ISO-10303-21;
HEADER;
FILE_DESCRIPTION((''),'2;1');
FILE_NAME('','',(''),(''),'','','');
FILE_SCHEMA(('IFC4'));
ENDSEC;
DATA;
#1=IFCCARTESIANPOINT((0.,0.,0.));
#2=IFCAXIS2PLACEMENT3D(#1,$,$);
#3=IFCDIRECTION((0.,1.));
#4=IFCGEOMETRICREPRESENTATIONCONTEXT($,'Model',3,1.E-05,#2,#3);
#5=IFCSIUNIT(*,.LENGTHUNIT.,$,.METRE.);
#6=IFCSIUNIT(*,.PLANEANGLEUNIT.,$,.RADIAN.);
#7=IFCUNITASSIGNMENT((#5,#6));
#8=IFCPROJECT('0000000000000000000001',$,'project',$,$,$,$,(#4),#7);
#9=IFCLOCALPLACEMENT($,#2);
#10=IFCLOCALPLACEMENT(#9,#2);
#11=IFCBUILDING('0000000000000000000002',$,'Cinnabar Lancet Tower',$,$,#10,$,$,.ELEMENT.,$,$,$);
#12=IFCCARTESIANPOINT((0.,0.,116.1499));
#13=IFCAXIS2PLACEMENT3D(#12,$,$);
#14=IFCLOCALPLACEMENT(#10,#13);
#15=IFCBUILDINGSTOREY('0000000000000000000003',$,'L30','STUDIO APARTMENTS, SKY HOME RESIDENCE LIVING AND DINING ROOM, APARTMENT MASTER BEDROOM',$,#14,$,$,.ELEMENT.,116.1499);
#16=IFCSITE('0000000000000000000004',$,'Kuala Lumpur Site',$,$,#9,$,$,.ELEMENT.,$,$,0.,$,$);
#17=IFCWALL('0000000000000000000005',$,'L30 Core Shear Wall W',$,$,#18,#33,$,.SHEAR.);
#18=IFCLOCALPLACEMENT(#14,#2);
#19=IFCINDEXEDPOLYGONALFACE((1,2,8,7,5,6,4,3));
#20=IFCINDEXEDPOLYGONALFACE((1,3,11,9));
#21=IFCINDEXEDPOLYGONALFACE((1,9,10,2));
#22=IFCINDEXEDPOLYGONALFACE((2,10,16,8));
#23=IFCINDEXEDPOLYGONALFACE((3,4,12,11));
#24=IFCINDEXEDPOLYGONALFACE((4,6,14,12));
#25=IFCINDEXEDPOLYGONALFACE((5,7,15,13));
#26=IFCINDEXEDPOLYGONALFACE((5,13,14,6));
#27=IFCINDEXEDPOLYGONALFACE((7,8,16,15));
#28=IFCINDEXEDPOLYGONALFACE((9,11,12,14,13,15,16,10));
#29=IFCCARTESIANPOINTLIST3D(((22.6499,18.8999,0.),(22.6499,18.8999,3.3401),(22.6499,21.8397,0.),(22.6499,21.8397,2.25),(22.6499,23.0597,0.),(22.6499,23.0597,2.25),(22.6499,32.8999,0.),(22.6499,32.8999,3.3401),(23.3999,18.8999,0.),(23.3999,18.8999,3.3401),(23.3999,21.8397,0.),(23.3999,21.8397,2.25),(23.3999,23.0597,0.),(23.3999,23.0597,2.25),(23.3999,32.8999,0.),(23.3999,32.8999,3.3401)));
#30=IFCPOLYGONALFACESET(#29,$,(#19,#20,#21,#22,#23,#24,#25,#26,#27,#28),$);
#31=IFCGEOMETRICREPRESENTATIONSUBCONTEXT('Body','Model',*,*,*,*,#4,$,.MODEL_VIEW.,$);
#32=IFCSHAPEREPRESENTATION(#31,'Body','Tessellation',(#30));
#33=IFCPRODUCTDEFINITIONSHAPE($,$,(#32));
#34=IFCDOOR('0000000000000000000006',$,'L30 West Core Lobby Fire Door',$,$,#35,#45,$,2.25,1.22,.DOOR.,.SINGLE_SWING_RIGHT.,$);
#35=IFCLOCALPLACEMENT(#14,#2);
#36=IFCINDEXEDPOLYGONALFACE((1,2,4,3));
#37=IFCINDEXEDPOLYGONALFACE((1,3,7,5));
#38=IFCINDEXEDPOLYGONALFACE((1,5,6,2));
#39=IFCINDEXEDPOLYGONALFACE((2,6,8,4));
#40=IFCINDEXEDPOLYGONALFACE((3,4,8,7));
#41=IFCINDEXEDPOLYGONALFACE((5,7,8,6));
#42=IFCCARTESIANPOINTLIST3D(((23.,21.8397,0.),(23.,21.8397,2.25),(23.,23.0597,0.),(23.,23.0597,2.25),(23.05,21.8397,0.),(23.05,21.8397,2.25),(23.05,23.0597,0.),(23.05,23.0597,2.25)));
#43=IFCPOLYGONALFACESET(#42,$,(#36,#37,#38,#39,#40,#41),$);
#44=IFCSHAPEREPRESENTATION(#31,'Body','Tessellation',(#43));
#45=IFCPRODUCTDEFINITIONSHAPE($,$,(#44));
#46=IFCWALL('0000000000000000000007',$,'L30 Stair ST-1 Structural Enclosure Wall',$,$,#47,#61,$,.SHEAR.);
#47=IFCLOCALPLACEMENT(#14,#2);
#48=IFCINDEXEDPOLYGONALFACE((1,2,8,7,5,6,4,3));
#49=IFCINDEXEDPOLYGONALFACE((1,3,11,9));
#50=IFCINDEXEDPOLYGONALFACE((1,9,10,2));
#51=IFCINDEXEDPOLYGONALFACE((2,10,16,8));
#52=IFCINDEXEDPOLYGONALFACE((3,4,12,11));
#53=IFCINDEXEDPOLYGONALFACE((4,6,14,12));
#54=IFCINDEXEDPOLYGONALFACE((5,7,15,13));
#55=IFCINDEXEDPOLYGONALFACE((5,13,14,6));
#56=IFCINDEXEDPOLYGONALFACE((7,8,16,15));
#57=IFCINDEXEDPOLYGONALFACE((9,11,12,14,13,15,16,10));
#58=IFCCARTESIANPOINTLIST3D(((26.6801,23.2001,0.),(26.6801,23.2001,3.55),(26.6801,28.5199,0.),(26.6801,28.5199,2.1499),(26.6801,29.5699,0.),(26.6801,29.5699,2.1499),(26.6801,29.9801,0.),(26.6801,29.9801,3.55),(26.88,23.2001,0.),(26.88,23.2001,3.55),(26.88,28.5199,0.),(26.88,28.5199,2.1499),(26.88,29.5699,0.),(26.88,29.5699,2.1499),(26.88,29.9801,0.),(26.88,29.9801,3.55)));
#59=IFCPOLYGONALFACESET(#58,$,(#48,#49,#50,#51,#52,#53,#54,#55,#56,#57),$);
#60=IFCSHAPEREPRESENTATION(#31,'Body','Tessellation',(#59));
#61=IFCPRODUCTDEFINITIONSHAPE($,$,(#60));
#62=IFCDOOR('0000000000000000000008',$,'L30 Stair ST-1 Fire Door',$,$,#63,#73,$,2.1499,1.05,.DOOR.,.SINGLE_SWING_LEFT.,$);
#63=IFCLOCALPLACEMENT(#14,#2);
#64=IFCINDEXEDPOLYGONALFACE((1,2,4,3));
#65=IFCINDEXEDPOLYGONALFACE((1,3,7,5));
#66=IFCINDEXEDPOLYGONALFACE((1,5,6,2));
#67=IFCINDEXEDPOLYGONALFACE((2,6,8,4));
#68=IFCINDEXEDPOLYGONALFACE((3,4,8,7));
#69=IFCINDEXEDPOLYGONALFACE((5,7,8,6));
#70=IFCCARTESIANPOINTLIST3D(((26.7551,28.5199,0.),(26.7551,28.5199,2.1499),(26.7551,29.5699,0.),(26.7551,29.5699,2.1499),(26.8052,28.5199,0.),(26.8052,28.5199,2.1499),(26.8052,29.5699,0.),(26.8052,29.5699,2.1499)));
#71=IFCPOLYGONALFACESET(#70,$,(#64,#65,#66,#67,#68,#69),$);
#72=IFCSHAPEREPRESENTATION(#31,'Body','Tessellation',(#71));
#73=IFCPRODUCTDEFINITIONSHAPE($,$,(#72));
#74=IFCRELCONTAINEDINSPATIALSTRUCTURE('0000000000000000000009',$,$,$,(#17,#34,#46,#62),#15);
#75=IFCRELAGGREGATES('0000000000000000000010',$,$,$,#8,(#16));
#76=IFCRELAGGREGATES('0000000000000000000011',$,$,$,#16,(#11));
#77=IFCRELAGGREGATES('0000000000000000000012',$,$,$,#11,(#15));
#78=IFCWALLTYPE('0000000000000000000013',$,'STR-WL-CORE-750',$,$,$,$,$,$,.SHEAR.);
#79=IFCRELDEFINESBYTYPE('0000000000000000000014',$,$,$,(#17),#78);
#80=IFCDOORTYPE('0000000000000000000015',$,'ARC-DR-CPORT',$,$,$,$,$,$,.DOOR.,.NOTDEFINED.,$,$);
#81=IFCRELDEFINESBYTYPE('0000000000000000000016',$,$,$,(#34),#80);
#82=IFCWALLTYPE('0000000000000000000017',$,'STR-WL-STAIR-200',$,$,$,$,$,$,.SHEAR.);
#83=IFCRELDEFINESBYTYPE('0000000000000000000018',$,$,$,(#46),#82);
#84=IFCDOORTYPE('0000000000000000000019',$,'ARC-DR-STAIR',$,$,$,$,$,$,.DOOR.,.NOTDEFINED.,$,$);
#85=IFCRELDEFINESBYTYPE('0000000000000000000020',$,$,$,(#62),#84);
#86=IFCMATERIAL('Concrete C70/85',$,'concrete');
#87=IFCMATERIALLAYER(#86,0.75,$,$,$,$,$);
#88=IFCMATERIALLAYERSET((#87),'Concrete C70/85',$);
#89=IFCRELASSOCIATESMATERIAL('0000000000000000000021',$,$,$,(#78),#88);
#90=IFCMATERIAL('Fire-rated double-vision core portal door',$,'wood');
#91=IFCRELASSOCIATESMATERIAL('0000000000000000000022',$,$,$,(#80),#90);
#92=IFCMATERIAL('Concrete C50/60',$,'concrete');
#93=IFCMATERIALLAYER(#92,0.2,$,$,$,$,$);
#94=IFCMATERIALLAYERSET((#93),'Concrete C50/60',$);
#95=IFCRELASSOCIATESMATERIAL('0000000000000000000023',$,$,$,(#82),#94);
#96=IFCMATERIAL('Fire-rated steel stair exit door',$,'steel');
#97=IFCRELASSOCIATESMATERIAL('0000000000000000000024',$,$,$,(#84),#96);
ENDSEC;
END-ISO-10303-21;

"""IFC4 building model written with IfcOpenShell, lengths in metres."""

from ifc_helpers import new_model, si_unit, direction, frame, frame_2d, origin, place, context, subcontext, project, spatial, rectangle, extrude, material, layer, layer_set, type_object, element, fill, save


model = new_model("IFC4")

# Units and contexts
model_context = context("Model", 3, precision=1e-05, world=origin(), true_north=direction((0.0, 1.0)))
body_context = subcontext(model_context, "Body", "Model", "MODEL_VIEW")
ifc_project = project(units=[si_unit("LENGTHUNIT", "METRE"), si_unit("PLANEANGLEUNIT", "RADIAN")], contexts=[model_context])

# Site, building, storey
site_placement = place(None, origin())
site = spatial("IfcSite", under=ifc_project, at=site_placement, Name="Kuala Lumpur Site", CompositionType="ELEMENT", RefElevation=0.0)
building_placement = place(site_placement, origin())
building = spatial("IfcBuilding", under=site, at=building_placement, Name="Cinnabar Lancet Tower", CompositionType="ELEMENT")
storey_placement = place(building_placement, frame((0.0, 0.0, 116.1499)))
storey = spatial("IfcBuildingStorey", under=building, at=storey_placement, Name="L30", Description="STUDIO APARTMENTS, SKY HOME RESIDENCE LIVING AND DINING ROOM, APARTMENT MASTER BEDROOM", CompositionType="ELEMENT", Elevation=116.1499)

# Shared definitions
ifc_material_1 = material(Name="Concrete C70/85", Category="concrete")
ifc_layer_1 = layer(ifc_material_1, 0.75)
ifc_layer_set_1 = layer_set([ifc_layer_1], Name="Concrete C70/85")
wall_type_1 = type_object("IfcWallType", Name="STR-WL-CORE-750", PredefinedType="SHEAR", material=ifc_layer_set_1)

# Walls, openings, doors
wall_1_placement = place(storey_placement, frame((23.0249, 18.8999, 0.0), z_axis=(0.0, 0.0, 1.0), x_axis=(0.0, 1.0, 0.0)))
wall_1 = element("IfcWall", 1, at=wall_1_placement, inside=storey, type_object=wall_type_1, Name="L30 Core Shear Wall W", PredefinedType="SHEAR", context=body_context, shape_type="SweptSolid", body=[
    extrude(rectangle(XDim=14.0, YDim=0.75, at=frame_2d((7.0, 0.0))), origin(), (0.0, 0.0, 1.0), 3.3401),
])
opening_1_placement = place(wall_1_placement, frame((2.9399, 0.0, 0.0)))
opening_1 = element("IfcOpeningElement", 2, at=opening_1_placement, cuts=wall_1, PredefinedType="OPENING", context=body_context, shape_type="SweptSolid", body=[
    extrude(rectangle(XDim=1.22, YDim=2.25, at=frame_2d((0.6099, 1.125))), frame((0.0, 0.385, 0.0), z_axis=(0.0, -1.0, 0.0), x_axis=(1.0, 0.0, 0.0)), (0.0, 0.0, 1.0), 0.77),
])
ifc_material_2 = material(Name="Fire-rated double-vision core portal door", Category="wood")
door_type_1 = type_object("IfcDoorType", Name="ARC-DR-CPORT", OperationType="NOTDEFINED", PredefinedType="DOOR", material=ifc_material_2)
door_1_placement = place(opening_1_placement, origin())
door_1 = element("IfcDoor", 3, at=door_1_placement, inside=storey, type_object=door_type_1, Name="L30 West Core Lobby Fire Door", OperationType="SINGLE_SWING_RIGHT", OverallHeight=2.25, OverallWidth=1.22, PredefinedType="DOOR", context=body_context, shape_type="SweptSolid", body=[
    extrude(rectangle(XDim=1.22, YDim=2.25, at=frame_2d((0.6099, 1.125))), frame((0.0, 0.0249, 0.0), z_axis=(0.0, -1.0, 0.0), x_axis=(1.0, 0.0, 0.0)), (0.0, 0.0, 1.0), 0.05),
])
fill(opening_1, door_1)
ifc_material_3 = material(Name="Concrete C50/60", Category="concrete")
ifc_layer_2 = layer(ifc_material_3, 0.2)
ifc_layer_set_2 = layer_set([ifc_layer_2], Name="Concrete C50/60")
wall_type_2 = type_object("IfcWallType", Name="STR-WL-STAIR-200", PredefinedType="SHEAR", material=ifc_layer_set_2)
wall_2_placement = place(storey_placement, frame((26.78, 23.2, 0.0), z_axis=(0.0, 0.0, 1.0), x_axis=(0.0, 1.0, 0.0)))
wall_2 = element("IfcWall", 4, at=wall_2_placement, inside=storey, type_object=wall_type_2, Name="L30 Stair ST-1 Structural Enclosure Wall", PredefinedType="SHEAR", context=body_context, shape_type="SweptSolid", body=[
    extrude(rectangle(XDim=6.78, YDim=0.2, at=frame_2d((3.3901, 0.0))), origin(), (0.0, 0.0, 1.0), 3.55),
])
opening_2_placement = place(wall_2_placement, frame((5.3201, 0.0, 0.0)))
opening_2 = element("IfcOpeningElement", 5, at=opening_2_placement, cuts=wall_2, PredefinedType="OPENING", context=body_context, shape_type="SweptSolid", body=[
    extrude(rectangle(XDim=1.05, YDim=2.1499, at=frame_2d((0.5249, 1.075))), frame((0.0, 0.1099, 0.0), z_axis=(0.0, -1.0, 0.0), x_axis=(1.0, 0.0, 0.0)), (0.0, 0.0, 1.0), 0.22),
])
ifc_material_4 = material(Name="Fire-rated steel stair exit door", Category="steel")
door_type_2 = type_object("IfcDoorType", Name="ARC-DR-STAIR", OperationType="NOTDEFINED", PredefinedType="DOOR", material=ifc_material_4)
door_2_placement = place(opening_2_placement, origin())
door_2 = element("IfcDoor", 6, at=door_2_placement, inside=storey, type_object=door_type_2, Name="L30 Stair ST-1 Fire Door", OperationType="SINGLE_SWING_LEFT", OverallHeight=2.1499, OverallWidth=1.05, PredefinedType="DOOR", context=body_context, shape_type="SweptSolid", body=[
    extrude(rectangle(XDim=1.05, YDim=2.1499, at=frame_2d((0.5249, 1.075))), frame((0.0, 0.0249, 0.0), z_axis=(0.0, -1.0, 0.0), x_axis=(1.0, 0.0, 0.0)), (0.0, 0.0, 1.0), 0.05),
])
fill(opening_2, door_2)

save(model, "model.ifc")
